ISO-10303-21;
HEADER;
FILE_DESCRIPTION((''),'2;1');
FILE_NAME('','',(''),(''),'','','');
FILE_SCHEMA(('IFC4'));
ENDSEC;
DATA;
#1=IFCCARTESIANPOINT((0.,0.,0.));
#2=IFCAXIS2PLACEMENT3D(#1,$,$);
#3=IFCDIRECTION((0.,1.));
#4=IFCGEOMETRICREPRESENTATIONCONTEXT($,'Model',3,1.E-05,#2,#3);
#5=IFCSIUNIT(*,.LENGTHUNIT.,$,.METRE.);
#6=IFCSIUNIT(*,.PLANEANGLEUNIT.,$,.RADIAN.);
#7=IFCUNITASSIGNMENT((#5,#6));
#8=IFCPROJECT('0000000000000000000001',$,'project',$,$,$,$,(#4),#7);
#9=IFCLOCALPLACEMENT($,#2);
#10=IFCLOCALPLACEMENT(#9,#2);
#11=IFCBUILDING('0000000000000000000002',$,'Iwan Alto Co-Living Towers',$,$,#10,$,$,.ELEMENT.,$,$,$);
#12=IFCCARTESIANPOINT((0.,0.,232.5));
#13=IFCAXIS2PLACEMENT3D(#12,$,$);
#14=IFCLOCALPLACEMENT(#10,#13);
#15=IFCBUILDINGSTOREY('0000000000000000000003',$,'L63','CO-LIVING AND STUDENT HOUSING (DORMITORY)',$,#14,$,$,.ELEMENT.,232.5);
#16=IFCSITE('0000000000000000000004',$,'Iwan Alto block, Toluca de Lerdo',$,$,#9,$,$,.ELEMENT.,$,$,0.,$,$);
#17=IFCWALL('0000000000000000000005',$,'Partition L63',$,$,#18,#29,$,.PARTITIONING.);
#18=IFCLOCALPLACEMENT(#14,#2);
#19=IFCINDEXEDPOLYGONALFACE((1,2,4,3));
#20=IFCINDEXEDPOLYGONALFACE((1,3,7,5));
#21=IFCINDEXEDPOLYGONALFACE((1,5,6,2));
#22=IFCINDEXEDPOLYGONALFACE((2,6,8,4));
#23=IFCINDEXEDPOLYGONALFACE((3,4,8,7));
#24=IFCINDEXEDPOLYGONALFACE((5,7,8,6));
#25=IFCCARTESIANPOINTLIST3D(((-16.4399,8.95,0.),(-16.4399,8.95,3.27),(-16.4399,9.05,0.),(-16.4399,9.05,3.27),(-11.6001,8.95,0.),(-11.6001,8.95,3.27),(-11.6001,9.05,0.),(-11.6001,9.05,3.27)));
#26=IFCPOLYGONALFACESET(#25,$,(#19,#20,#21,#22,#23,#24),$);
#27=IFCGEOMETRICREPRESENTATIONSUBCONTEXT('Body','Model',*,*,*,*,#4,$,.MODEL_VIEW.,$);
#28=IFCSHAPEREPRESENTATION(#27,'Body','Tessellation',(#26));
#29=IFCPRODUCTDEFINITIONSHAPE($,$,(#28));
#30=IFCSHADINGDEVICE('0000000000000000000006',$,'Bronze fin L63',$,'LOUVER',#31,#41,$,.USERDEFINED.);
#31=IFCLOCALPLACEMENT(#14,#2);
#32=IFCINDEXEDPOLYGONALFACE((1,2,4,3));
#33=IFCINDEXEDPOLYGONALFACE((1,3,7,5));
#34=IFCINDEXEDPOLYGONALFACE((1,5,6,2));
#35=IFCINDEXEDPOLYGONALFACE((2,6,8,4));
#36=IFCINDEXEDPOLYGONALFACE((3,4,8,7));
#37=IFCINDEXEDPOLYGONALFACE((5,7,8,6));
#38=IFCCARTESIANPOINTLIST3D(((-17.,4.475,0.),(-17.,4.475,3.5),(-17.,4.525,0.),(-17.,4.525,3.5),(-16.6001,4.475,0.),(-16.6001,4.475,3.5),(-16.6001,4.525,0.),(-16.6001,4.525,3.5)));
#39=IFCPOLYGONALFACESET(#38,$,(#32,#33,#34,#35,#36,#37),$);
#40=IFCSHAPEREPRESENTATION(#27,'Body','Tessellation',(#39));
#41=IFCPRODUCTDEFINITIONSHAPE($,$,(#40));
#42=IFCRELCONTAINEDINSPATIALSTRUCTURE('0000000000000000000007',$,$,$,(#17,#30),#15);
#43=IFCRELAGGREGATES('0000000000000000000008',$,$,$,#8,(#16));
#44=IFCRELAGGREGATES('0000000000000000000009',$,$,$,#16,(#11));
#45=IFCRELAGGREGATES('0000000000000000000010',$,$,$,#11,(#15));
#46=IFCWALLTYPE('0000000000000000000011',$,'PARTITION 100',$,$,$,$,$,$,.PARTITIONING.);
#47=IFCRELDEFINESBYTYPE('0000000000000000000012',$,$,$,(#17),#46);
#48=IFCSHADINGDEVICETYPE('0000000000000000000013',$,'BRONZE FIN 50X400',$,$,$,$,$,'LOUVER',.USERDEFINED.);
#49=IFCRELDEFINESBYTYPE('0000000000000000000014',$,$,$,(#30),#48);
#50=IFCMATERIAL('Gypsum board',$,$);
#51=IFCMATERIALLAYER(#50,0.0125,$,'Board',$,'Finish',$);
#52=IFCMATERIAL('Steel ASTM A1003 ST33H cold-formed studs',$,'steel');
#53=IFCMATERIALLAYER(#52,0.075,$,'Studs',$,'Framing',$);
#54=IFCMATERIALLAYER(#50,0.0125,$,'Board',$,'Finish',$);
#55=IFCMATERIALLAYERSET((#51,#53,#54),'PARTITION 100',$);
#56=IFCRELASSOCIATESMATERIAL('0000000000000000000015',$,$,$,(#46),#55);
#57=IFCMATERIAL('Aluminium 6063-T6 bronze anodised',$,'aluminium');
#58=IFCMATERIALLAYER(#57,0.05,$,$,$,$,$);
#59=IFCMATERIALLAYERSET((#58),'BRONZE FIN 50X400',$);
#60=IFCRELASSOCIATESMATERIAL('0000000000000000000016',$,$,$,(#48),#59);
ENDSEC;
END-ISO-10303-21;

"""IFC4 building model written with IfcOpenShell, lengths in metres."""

from ifc_helpers import new_model, si_unit, direction, frame, frame_2d, origin, origin_2d, place, context, subcontext, project, spatial, rectangle, extrude, material, layer, layer_set, type_object, element, save


model = new_model("IFC4")

# Units and contexts
model_context = context("Model", 3, precision=1e-05, world=origin(), true_north=direction((0.0, 1.0)))
body_context = subcontext(model_context, "Body", "Model", "MODEL_VIEW")
ifc_project = project(units=[si_unit("LENGTHUNIT", "METRE"), si_unit("PLANEANGLEUNIT", "RADIAN")], contexts=[model_context])

# Site, building, storey
site_placement = place(None, origin())
site = spatial("IfcSite", under=ifc_project, at=site_placement, Name="Iwan Alto block, Toluca de Lerdo", CompositionType="ELEMENT", RefElevation=0.0)
building_placement = place(site_placement, origin())
building = spatial("IfcBuilding", under=site, at=building_placement, Name="Iwan Alto Co-Living Towers", CompositionType="ELEMENT")
storey_placement = place(building_placement, frame((0.0, 0.0, 232.5)))
storey = spatial("IfcBuildingStorey", under=building, at=storey_placement, Name="L63", Description="CO-LIVING AND STUDENT HOUSING (DORMITORY)", CompositionType="ELEMENT", Elevation=232.5)

# Shared definitions
ifc_material_1 = material(Name="Gypsum board")
ifc_material_2 = material(Name="Steel ASTM A1003 ST33H cold-formed studs", Category="steel")

# Shared definitions
ifc_layer_1 = layer(ifc_material_1, 0.0125, Name="Board", Category="Finish")
ifc_layer_2 = layer(ifc_material_2, 0.075, Name="Studs", Category="Framing")
ifc_layer_3 = layer(ifc_material_1, 0.0125, Name="Board", Category="Finish")
ifc_layer_set_1 = layer_set([ifc_layer_1, ifc_layer_2, ifc_layer_3], Name="PARTITION 100")
wall_type_1 = type_object("IfcWallType", Name="PARTITION 100", PredefinedType="PARTITIONING", material=ifc_layer_set_1)

# Wall
wall_1_placement = place(storey_placement, frame((-16.4399, 9.0, 0.0), z_axis=(0.0, 0.0, 1.0), x_axis=(1.0, 0.0, 0.0)))
element("IfcWall", 1, at=wall_1_placement, inside=storey, type_object=wall_type_1, Name="Partition L63", PredefinedType="PARTITIONING", context=body_context, shape_type="SweptSolid", body=[
    extrude(rectangle(XDim=4.8398, YDim=0.1001, at=frame_2d((2.4199, 0.0))), origin(), (0.0, 0.0, 1.0), 3.27),
])

# Shading device
ifc_material_3 = material(Name="Aluminium 6063-T6 bronze anodised", Category="aluminium")
ifc_layer_4 = layer(ifc_material_3, 0.05)
ifc_layer_set_2 = layer_set([ifc_layer_4], Name="BRONZE FIN 50X400")
shading_device_type = type_object("IfcShadingDeviceType", Name="BRONZE FIN 50X400", ElementType="LOUVER", PredefinedType="USERDEFINED", material=ifc_layer_set_2)
shading_device_placement = place(storey_placement, frame((-16.8, 4.5, 0.0), z_axis=(0.0, 0.0, 1.0), x_axis=(0.0, -1.0, 0.0)))
element("IfcShadingDevice", 2, at=shading_device_placement, inside=storey, type_object=shading_device_type, Name="Bronze fin L63", ObjectType="LOUVER", PredefinedType="USERDEFINED", context=body_context, shape_type="SweptSolid", body=[
    extrude(rectangle(XDim=0.05, YDim=0.3999, at=origin_2d()), origin(), (0.0, 0.0, 1.0), 3.5),
])

save(model, "model.ifc")
